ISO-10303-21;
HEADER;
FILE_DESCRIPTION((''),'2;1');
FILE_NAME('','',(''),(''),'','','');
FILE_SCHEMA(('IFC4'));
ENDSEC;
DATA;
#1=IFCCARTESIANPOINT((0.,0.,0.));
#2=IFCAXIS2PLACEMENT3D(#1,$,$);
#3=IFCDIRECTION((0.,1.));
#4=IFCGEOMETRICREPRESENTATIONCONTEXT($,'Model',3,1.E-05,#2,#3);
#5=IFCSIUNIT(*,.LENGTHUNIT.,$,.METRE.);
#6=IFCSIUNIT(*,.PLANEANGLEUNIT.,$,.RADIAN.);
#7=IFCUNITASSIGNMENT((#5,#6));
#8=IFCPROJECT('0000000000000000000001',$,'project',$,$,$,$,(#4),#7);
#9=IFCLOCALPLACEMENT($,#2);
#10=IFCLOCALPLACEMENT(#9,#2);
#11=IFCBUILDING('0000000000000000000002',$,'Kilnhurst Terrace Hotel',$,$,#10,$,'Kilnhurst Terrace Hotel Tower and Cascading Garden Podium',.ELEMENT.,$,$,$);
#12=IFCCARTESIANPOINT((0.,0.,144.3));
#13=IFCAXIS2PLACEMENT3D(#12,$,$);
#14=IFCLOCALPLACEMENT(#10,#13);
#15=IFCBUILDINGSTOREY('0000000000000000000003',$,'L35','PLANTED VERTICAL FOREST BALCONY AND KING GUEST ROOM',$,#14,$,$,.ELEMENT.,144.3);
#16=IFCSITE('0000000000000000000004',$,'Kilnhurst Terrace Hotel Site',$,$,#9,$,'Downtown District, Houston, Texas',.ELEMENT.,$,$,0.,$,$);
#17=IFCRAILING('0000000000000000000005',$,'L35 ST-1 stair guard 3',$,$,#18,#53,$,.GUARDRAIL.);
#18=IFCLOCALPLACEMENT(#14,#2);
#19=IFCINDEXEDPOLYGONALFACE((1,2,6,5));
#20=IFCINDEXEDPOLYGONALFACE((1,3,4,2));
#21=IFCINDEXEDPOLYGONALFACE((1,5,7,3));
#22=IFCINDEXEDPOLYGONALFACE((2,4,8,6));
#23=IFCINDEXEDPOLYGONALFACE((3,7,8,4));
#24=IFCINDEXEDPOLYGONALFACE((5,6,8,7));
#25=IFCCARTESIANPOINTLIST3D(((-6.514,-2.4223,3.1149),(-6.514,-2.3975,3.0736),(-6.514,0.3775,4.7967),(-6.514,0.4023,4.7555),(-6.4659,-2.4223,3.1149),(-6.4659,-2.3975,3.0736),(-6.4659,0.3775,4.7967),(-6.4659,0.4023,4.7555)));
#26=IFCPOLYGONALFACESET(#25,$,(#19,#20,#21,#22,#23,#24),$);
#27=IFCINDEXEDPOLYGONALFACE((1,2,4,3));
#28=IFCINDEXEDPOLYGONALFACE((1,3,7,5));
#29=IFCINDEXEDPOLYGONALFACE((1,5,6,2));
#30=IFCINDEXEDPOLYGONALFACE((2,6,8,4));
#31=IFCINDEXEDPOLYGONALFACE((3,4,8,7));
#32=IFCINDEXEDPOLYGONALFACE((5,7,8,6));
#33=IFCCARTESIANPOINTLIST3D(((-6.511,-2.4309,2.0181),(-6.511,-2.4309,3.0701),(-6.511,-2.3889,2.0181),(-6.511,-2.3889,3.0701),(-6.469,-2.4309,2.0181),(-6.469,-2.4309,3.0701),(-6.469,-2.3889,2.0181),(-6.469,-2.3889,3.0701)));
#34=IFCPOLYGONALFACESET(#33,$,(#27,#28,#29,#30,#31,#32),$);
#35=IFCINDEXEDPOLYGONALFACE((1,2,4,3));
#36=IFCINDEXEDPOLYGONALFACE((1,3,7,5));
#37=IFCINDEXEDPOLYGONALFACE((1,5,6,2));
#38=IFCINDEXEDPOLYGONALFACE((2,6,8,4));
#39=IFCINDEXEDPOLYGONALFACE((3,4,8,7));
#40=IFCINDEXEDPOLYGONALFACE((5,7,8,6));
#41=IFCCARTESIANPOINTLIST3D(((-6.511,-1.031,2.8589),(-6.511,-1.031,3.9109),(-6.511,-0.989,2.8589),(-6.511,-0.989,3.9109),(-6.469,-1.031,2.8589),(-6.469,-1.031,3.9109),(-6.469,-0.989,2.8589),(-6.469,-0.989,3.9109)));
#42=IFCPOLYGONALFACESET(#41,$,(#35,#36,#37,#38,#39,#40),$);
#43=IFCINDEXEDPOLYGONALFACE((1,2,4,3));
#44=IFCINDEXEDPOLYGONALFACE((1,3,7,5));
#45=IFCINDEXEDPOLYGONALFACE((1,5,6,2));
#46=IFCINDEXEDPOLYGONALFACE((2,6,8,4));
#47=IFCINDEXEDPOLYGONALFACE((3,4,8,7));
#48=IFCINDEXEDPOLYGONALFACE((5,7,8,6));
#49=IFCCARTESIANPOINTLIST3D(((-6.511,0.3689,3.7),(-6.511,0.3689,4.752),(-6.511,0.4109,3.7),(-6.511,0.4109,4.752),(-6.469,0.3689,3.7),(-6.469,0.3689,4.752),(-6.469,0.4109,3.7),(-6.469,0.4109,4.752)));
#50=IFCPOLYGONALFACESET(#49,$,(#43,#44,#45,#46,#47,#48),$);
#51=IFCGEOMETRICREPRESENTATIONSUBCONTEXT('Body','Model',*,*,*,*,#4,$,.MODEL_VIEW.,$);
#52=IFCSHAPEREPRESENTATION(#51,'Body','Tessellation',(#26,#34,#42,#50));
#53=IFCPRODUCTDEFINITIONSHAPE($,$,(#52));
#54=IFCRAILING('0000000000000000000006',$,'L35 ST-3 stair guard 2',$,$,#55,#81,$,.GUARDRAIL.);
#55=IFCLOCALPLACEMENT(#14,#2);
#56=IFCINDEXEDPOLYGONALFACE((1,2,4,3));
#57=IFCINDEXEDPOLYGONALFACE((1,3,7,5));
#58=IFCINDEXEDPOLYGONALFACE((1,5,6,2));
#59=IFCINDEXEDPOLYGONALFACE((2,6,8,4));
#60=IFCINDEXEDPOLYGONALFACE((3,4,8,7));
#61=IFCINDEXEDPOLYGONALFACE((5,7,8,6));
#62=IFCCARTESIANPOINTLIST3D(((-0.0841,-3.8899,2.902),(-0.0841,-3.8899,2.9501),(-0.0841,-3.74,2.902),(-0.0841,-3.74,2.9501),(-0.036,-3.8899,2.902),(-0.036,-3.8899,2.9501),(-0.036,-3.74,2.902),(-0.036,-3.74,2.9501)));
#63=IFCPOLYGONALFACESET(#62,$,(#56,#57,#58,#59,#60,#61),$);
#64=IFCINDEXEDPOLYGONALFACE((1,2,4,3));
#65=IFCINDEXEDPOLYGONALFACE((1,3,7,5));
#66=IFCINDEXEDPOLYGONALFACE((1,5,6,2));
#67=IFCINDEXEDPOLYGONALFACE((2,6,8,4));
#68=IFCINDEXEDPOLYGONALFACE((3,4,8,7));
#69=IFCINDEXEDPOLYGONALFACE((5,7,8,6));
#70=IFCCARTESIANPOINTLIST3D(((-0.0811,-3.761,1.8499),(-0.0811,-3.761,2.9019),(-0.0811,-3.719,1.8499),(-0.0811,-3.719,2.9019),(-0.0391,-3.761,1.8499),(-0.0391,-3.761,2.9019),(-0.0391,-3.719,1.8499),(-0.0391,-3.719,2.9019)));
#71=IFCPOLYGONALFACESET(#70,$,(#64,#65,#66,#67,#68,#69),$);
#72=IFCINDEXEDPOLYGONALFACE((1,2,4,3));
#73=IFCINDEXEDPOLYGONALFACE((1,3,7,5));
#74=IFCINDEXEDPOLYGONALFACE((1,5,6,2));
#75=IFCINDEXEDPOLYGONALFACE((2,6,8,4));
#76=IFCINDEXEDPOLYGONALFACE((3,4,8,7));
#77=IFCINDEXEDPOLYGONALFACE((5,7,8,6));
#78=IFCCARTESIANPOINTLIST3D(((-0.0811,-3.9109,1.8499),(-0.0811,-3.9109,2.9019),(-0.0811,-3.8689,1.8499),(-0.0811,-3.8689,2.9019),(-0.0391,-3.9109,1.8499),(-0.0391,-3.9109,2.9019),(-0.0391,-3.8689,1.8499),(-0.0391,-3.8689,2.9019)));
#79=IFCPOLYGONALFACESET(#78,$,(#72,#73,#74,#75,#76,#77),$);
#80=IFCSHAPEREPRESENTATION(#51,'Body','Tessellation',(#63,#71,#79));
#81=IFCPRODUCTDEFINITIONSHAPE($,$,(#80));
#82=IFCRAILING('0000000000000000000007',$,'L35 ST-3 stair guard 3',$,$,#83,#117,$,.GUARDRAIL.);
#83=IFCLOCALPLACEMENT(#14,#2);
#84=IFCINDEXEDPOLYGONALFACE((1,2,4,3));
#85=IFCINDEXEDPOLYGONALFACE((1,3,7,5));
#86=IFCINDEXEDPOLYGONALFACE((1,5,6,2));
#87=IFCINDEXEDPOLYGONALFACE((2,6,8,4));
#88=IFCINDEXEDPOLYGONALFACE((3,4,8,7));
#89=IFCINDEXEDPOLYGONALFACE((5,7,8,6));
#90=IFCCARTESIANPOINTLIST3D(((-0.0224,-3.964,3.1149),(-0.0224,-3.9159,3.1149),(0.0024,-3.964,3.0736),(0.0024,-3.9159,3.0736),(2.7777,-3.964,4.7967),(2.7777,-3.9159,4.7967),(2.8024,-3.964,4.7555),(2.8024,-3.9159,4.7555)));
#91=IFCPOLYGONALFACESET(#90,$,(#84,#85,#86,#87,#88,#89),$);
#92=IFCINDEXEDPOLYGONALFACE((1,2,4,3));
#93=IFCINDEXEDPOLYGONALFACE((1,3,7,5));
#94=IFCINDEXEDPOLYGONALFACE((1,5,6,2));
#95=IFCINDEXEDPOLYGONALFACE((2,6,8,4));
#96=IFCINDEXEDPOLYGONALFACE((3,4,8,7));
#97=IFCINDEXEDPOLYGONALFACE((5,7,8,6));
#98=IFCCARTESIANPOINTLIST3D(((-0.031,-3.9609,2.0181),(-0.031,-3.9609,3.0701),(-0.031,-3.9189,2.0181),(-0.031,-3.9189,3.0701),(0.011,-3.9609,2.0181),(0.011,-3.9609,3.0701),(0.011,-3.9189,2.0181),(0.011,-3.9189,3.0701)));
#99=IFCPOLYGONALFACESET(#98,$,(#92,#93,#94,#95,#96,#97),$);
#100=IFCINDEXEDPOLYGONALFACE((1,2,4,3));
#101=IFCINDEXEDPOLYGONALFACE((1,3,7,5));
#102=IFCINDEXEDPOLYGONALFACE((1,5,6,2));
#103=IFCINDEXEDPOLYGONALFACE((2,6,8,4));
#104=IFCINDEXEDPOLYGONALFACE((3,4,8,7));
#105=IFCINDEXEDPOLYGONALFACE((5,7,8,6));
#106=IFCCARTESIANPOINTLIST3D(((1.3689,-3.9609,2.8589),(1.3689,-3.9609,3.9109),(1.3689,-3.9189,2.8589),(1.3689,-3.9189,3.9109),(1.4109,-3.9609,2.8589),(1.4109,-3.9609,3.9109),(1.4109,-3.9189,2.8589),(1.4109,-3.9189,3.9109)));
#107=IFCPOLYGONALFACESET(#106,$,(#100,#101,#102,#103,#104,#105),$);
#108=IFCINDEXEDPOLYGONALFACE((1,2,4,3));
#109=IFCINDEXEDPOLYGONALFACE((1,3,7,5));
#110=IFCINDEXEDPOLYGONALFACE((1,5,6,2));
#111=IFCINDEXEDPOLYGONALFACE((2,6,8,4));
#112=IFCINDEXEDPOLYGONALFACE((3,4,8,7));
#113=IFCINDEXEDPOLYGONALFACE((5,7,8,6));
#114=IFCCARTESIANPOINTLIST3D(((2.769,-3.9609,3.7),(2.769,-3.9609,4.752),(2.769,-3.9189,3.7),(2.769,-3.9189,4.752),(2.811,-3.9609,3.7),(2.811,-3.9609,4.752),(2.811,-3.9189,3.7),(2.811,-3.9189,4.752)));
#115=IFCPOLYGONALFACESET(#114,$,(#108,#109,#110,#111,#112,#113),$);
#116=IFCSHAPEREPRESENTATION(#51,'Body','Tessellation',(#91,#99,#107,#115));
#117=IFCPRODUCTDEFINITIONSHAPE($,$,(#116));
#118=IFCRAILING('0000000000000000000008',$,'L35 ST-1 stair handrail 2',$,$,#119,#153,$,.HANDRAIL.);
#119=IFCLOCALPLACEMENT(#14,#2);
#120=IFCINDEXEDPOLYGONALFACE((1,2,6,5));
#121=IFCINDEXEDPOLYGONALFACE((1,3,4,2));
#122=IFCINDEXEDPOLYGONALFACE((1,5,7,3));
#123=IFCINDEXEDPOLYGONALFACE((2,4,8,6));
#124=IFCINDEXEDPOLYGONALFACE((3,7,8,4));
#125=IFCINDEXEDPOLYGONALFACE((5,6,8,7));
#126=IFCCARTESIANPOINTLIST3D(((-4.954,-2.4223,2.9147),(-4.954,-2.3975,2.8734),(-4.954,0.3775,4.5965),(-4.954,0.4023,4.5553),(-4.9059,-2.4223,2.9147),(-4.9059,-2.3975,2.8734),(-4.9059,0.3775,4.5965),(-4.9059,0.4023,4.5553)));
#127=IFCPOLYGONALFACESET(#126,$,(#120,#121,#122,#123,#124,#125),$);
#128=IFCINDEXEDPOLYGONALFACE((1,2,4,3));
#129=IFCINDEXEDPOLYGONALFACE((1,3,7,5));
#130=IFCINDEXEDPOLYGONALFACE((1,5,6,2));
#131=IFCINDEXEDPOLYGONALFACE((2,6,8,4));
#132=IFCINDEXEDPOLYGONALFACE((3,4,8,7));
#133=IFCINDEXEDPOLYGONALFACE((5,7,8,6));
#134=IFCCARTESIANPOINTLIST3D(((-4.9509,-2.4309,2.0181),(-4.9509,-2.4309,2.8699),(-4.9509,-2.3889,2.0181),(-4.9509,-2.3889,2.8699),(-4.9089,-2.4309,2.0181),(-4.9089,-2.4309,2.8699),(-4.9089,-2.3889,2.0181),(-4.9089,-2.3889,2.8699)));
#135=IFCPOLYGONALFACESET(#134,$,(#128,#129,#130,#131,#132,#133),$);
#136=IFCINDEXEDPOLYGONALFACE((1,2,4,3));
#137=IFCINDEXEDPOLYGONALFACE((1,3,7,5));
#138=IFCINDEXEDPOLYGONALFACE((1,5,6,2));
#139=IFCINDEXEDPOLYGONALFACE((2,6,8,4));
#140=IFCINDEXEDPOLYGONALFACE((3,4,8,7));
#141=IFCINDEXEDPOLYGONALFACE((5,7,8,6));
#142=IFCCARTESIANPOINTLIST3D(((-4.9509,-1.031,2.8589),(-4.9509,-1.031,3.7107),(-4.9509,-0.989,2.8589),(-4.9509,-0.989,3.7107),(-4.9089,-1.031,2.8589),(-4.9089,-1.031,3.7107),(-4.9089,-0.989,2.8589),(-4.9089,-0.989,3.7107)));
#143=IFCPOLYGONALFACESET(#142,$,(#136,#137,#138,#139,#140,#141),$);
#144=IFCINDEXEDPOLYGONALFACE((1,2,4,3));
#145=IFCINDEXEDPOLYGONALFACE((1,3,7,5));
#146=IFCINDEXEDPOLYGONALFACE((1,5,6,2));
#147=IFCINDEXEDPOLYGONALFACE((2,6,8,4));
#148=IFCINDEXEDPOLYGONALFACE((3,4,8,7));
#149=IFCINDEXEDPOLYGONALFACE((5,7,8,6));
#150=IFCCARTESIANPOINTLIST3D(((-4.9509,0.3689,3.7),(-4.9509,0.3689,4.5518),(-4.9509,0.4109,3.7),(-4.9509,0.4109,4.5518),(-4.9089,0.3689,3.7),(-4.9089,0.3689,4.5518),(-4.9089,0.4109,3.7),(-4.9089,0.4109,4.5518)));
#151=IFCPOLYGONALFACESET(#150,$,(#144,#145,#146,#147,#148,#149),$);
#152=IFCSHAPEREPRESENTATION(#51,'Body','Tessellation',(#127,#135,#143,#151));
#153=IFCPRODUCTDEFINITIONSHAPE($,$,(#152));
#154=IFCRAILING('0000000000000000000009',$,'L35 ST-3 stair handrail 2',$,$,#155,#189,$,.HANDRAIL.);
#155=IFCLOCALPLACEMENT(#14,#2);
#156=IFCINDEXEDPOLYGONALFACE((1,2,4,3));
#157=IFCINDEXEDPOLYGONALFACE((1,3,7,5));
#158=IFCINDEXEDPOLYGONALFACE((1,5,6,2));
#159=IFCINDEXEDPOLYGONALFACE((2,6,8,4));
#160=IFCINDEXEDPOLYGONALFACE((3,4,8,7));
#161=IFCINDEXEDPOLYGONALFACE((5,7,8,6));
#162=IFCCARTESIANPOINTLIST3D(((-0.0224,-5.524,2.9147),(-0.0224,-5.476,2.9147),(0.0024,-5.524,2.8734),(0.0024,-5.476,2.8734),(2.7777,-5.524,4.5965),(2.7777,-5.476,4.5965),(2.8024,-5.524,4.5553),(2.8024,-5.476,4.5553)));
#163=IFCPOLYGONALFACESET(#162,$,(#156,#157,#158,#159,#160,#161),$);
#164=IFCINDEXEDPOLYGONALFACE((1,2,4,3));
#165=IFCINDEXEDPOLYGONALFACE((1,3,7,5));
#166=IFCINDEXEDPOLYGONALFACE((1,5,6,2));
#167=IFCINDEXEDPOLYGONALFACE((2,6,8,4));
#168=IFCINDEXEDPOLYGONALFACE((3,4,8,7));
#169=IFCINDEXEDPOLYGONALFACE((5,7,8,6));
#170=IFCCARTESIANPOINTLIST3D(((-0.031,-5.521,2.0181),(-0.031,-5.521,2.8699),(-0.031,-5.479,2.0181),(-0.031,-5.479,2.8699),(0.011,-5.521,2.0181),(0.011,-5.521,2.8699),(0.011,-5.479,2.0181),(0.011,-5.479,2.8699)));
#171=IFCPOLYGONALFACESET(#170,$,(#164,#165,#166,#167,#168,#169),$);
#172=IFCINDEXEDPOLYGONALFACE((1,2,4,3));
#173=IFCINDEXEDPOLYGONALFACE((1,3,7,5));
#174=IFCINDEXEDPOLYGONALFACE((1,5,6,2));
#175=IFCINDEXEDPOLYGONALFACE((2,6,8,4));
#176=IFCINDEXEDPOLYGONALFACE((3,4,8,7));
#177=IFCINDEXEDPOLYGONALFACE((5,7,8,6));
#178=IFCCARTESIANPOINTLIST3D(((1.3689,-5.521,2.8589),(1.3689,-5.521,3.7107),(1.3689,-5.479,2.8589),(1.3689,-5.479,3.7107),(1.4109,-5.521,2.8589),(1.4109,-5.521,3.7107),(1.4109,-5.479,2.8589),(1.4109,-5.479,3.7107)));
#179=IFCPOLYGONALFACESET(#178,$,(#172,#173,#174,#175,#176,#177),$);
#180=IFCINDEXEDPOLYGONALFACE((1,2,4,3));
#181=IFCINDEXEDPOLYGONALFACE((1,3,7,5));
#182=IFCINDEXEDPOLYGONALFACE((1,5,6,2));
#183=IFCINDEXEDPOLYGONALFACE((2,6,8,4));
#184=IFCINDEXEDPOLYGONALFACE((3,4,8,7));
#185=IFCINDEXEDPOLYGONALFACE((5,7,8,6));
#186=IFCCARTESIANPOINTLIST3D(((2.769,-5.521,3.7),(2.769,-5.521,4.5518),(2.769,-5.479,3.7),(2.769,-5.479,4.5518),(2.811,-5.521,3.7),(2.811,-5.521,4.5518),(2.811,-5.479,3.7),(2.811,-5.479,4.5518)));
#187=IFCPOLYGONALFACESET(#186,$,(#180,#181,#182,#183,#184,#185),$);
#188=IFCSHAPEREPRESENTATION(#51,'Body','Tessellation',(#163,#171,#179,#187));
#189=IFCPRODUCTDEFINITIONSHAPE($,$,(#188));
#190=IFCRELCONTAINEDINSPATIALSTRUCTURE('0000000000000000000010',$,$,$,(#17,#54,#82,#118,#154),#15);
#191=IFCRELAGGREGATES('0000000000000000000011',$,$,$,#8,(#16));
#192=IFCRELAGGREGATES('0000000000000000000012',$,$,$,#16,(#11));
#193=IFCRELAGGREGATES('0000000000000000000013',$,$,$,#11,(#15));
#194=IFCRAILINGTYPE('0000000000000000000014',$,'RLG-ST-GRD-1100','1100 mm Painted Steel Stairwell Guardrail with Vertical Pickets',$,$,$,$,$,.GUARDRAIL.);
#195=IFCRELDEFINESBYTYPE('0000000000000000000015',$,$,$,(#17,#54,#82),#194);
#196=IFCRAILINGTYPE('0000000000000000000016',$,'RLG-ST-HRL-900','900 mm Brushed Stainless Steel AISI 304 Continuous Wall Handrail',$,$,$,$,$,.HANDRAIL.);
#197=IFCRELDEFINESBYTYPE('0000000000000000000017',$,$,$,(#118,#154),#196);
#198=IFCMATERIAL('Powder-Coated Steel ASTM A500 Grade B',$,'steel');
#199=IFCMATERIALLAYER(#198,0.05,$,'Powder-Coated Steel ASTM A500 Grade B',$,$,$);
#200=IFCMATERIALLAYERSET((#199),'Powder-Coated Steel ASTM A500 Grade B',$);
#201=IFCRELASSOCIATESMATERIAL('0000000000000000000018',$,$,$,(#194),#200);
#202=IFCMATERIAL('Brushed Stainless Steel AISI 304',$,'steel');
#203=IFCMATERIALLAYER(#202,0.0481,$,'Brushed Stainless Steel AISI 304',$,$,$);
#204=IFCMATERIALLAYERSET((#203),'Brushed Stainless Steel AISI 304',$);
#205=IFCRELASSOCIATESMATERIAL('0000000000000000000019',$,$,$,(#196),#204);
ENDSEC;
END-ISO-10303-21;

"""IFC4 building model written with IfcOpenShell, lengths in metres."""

from ifc_helpers import new_model, si_unit, direction, frame, origin, origin_2d, place, context, subcontext, project, spatial, rectangle, extrude, material, layer, layer_set, type_object, element, save


model = new_model("IFC4")

# Units and contexts
model_context = context("Model", 3, precision=1e-05, world=origin(), true_north=direction((0.0, 1.0)))
body_context = subcontext(model_context, "Body", "Model", "MODEL_VIEW")
ifc_project = project(units=[si_unit("LENGTHUNIT", "METRE"), si_unit("PLANEANGLEUNIT", "RADIAN")], contexts=[model_context])

# Site, building, storey
site_placement = place(None, origin())
site = spatial("IfcSite", under=ifc_project, at=site_placement, Name="Kilnhurst Terrace Hotel Site", LongName="Downtown District, Houston, Texas", CompositionType="ELEMENT", RefElevation=0.0)
building_placement = place(site_placement, origin())
building = spatial("IfcBuilding", under=site, at=building_placement, Name="Kilnhurst Terrace Hotel", LongName="Kilnhurst Terrace Hotel Tower and Cascading Garden Podium", CompositionType="ELEMENT")
storey_placement = place(building_placement, frame((0.0, 0.0, 144.3)))
storey = spatial("IfcBuildingStorey", under=building, at=storey_placement, Name="L35", Description="PLANTED VERTICAL FOREST BALCONY AND KING GUEST ROOM", CompositionType="ELEMENT", Elevation=144.3)

# Railings
ifc_material_1 = material(Name="Powder-Coated Steel ASTM A500 Grade B", Category="steel")
ifc_layer_1 = layer(ifc_material_1, 0.05, Name="Powder-Coated Steel ASTM A500 Grade B")
ifc_layer_set_1 = layer_set([ifc_layer_1], Name="Powder-Coated Steel ASTM A500 Grade B")
railing_type_1 = type_object("IfcRailingType", Name="RLG-ST-GRD-1100", Description="1100 mm Painted Steel Stairwell Guardrail with Vertical Pickets", PredefinedType="GUARDRAIL", material=ifc_layer_set_1)
railing_1_placement = place(storey_placement, frame((-6.49, -2.4099, 2.0181)))
element("IfcRailing", 1, at=railing_1_placement, inside=storey, type_object=railing_type_1, Name="L35 ST-1 stair guard 3", PredefinedType="GUARDRAIL", context=body_context, shape_type="SweptSolid", body=[
    extrude(rectangle(XDim=0.0481, YDim=0.0481, at=origin_2d()), frame((0.0, 0.0, 1.0762), z_axis=(0.0, 0.857222, 0.514946), x_axis=(-1.0, 0.0, 0.0)), (0.0, 0.0, 1.0), 3.2661),
    extrude(rectangle(XDim=0.042, YDim=0.042, at=origin_2d()), origin(), (0.0, 0.0, 1.0), 1.052),
    extrude(rectangle(XDim=0.042, YDim=0.042, at=origin_2d()), frame((0.0, 1.3999, 0.8408)), (0.0, 0.0, 1.0), 1.052),
    extrude(rectangle(XDim=0.042, YDim=0.042, at=origin_2d()), frame((0.0, 2.7998, 1.6819)), (0.0, 0.0, 1.0), 1.052),
])
railing_2_placement = place(storey_placement, frame((-0.0601, -3.74, 1.8499)))
element("IfcRailing", 2, at=railing_2_placement, inside=storey, type_object=railing_type_1, Name="L35 ST-3 stair guard 2", PredefinedType="GUARDRAIL", context=body_context, shape_type="SweptSolid", body=[
    extrude(rectangle(XDim=0.0481, YDim=0.0481, at=origin_2d()), frame((0.0, 0.0, 1.0762), z_axis=(0.0, -1.0, 0.0), x_axis=(1.0, 0.0, 0.0)), (0.0, 0.0, 1.0), 0.1499),
    extrude(rectangle(XDim=0.042, YDim=0.042, at=origin_2d()), origin(), (0.0, 0.0, 1.0), 1.052),
    extrude(rectangle(XDim=0.042, YDim=0.042, at=origin_2d()), frame((0.0, -0.1499, 0.0)), (0.0, 0.0, 1.0), 1.052),
])
railing_3_placement = place(storey_placement, frame((-0.01, -3.9399, 2.0181)))
element("IfcRailing", 3, at=railing_3_placement, inside=storey, type_object=railing_type_1, Name="L35 ST-3 stair guard 3", PredefinedType="GUARDRAIL", context=body_context, shape_type="SweptSolid", body=[
    extrude(rectangle(XDim=0.0481, YDim=0.0481, at=origin_2d()), frame((0.0, 0.0, 1.0762), z_axis=(0.857242, 0.0, 0.514913), x_axis=(0.0, 1.0, 0.0)), (0.0, 0.0, 1.0), 3.2664),
    extrude(rectangle(XDim=0.042, YDim=0.042, at=origin_2d()), origin(), (0.0, 0.0, 1.0), 1.052),
    extrude(rectangle(XDim=0.042, YDim=0.042, at=origin_2d()), frame((1.3999, 0.0, 0.8408)), (0.0, 0.0, 1.0), 1.052),
    extrude(rectangle(XDim=0.042, YDim=0.042, at=origin_2d()), frame((2.8, 0.0, 1.6819)), (0.0, 0.0, 1.0), 1.052),
])
ifc_material_2 = material(Name="Brushed Stainless Steel AISI 304", Category="steel")
ifc_layer_2 = layer(ifc_material_2, 0.0481, Name="Brushed Stainless Steel AISI 304")
ifc_layer_set_2 = layer_set([ifc_layer_2], Name="Brushed Stainless Steel AISI 304")
railing_type_2 = type_object("IfcRailingType", Name="RLG-ST-HRL-900", Description="900 mm Brushed Stainless Steel AISI 304 Continuous Wall Handrail", PredefinedType="HANDRAIL", material=ifc_layer_set_2)
railing_4_placement = place(storey_placement, frame((-4.9299, -2.4099, 2.0181)))
element("IfcRailing", 4, at=railing_4_placement, inside=storey, type_object=railing_type_2, Name="L35 ST-1 stair handrail 2", PredefinedType="HANDRAIL", context=body_context, shape_type="SweptSolid", body=[
    extrude(rectangle(XDim=0.0481, YDim=0.0481, at=origin_2d()), frame((0.0, 0.0, 0.876), z_axis=(0.0, 0.857222, 0.514946), x_axis=(-1.0, 0.0, 0.0)), (0.0, 0.0, 1.0), 3.2661),
    extrude(rectangle(XDim=0.042, YDim=0.042, at=origin_2d()), origin(), (0.0, 0.0, 1.0), 0.8518),
    extrude(rectangle(XDim=0.042, YDim=0.042, at=origin_2d()), frame((0.0, 1.3999, 0.8408)), (0.0, 0.0, 1.0), 0.8518),
    extrude(rectangle(XDim=0.042, YDim=0.042, at=origin_2d()), frame((0.0, 2.7998, 1.6819)), (0.0, 0.0, 1.0), 0.8518),
])
railing_5_placement = place(storey_placement, frame((-0.01, -5.5, 2.0181)))
element("IfcRailing", 5, at=railing_5_placement, inside=storey, type_object=railing_type_2, Name="L35 ST-3 stair handrail 2", PredefinedType="HANDRAIL", context=body_context, shape_type="SweptSolid", body=[
    extrude(rectangle(XDim=0.0481, YDim=0.0481, at=origin_2d()), frame((0.0, 0.0, 0.876), z_axis=(0.857242, 0.0, 0.514913), x_axis=(0.0, 1.0, 0.0)), (0.0, 0.0, 1.0), 3.2664),
    extrude(rectangle(XDim=0.042, YDim=0.042, at=origin_2d()), origin(), (0.0, 0.0, 1.0), 0.8518),
    extrude(rectangle(XDim=0.042, YDim=0.042, at=origin_2d()), frame((1.3999, 0.0, 0.8408)), (0.0, 0.0, 1.0), 0.8518),
    extrude(rectangle(XDim=0.042, YDim=0.042, at=origin_2d()), frame((2.8, 0.0, 1.6819)), (0.0, 0.0, 1.0), 0.8518),
])

save(model, "model.ifc")
